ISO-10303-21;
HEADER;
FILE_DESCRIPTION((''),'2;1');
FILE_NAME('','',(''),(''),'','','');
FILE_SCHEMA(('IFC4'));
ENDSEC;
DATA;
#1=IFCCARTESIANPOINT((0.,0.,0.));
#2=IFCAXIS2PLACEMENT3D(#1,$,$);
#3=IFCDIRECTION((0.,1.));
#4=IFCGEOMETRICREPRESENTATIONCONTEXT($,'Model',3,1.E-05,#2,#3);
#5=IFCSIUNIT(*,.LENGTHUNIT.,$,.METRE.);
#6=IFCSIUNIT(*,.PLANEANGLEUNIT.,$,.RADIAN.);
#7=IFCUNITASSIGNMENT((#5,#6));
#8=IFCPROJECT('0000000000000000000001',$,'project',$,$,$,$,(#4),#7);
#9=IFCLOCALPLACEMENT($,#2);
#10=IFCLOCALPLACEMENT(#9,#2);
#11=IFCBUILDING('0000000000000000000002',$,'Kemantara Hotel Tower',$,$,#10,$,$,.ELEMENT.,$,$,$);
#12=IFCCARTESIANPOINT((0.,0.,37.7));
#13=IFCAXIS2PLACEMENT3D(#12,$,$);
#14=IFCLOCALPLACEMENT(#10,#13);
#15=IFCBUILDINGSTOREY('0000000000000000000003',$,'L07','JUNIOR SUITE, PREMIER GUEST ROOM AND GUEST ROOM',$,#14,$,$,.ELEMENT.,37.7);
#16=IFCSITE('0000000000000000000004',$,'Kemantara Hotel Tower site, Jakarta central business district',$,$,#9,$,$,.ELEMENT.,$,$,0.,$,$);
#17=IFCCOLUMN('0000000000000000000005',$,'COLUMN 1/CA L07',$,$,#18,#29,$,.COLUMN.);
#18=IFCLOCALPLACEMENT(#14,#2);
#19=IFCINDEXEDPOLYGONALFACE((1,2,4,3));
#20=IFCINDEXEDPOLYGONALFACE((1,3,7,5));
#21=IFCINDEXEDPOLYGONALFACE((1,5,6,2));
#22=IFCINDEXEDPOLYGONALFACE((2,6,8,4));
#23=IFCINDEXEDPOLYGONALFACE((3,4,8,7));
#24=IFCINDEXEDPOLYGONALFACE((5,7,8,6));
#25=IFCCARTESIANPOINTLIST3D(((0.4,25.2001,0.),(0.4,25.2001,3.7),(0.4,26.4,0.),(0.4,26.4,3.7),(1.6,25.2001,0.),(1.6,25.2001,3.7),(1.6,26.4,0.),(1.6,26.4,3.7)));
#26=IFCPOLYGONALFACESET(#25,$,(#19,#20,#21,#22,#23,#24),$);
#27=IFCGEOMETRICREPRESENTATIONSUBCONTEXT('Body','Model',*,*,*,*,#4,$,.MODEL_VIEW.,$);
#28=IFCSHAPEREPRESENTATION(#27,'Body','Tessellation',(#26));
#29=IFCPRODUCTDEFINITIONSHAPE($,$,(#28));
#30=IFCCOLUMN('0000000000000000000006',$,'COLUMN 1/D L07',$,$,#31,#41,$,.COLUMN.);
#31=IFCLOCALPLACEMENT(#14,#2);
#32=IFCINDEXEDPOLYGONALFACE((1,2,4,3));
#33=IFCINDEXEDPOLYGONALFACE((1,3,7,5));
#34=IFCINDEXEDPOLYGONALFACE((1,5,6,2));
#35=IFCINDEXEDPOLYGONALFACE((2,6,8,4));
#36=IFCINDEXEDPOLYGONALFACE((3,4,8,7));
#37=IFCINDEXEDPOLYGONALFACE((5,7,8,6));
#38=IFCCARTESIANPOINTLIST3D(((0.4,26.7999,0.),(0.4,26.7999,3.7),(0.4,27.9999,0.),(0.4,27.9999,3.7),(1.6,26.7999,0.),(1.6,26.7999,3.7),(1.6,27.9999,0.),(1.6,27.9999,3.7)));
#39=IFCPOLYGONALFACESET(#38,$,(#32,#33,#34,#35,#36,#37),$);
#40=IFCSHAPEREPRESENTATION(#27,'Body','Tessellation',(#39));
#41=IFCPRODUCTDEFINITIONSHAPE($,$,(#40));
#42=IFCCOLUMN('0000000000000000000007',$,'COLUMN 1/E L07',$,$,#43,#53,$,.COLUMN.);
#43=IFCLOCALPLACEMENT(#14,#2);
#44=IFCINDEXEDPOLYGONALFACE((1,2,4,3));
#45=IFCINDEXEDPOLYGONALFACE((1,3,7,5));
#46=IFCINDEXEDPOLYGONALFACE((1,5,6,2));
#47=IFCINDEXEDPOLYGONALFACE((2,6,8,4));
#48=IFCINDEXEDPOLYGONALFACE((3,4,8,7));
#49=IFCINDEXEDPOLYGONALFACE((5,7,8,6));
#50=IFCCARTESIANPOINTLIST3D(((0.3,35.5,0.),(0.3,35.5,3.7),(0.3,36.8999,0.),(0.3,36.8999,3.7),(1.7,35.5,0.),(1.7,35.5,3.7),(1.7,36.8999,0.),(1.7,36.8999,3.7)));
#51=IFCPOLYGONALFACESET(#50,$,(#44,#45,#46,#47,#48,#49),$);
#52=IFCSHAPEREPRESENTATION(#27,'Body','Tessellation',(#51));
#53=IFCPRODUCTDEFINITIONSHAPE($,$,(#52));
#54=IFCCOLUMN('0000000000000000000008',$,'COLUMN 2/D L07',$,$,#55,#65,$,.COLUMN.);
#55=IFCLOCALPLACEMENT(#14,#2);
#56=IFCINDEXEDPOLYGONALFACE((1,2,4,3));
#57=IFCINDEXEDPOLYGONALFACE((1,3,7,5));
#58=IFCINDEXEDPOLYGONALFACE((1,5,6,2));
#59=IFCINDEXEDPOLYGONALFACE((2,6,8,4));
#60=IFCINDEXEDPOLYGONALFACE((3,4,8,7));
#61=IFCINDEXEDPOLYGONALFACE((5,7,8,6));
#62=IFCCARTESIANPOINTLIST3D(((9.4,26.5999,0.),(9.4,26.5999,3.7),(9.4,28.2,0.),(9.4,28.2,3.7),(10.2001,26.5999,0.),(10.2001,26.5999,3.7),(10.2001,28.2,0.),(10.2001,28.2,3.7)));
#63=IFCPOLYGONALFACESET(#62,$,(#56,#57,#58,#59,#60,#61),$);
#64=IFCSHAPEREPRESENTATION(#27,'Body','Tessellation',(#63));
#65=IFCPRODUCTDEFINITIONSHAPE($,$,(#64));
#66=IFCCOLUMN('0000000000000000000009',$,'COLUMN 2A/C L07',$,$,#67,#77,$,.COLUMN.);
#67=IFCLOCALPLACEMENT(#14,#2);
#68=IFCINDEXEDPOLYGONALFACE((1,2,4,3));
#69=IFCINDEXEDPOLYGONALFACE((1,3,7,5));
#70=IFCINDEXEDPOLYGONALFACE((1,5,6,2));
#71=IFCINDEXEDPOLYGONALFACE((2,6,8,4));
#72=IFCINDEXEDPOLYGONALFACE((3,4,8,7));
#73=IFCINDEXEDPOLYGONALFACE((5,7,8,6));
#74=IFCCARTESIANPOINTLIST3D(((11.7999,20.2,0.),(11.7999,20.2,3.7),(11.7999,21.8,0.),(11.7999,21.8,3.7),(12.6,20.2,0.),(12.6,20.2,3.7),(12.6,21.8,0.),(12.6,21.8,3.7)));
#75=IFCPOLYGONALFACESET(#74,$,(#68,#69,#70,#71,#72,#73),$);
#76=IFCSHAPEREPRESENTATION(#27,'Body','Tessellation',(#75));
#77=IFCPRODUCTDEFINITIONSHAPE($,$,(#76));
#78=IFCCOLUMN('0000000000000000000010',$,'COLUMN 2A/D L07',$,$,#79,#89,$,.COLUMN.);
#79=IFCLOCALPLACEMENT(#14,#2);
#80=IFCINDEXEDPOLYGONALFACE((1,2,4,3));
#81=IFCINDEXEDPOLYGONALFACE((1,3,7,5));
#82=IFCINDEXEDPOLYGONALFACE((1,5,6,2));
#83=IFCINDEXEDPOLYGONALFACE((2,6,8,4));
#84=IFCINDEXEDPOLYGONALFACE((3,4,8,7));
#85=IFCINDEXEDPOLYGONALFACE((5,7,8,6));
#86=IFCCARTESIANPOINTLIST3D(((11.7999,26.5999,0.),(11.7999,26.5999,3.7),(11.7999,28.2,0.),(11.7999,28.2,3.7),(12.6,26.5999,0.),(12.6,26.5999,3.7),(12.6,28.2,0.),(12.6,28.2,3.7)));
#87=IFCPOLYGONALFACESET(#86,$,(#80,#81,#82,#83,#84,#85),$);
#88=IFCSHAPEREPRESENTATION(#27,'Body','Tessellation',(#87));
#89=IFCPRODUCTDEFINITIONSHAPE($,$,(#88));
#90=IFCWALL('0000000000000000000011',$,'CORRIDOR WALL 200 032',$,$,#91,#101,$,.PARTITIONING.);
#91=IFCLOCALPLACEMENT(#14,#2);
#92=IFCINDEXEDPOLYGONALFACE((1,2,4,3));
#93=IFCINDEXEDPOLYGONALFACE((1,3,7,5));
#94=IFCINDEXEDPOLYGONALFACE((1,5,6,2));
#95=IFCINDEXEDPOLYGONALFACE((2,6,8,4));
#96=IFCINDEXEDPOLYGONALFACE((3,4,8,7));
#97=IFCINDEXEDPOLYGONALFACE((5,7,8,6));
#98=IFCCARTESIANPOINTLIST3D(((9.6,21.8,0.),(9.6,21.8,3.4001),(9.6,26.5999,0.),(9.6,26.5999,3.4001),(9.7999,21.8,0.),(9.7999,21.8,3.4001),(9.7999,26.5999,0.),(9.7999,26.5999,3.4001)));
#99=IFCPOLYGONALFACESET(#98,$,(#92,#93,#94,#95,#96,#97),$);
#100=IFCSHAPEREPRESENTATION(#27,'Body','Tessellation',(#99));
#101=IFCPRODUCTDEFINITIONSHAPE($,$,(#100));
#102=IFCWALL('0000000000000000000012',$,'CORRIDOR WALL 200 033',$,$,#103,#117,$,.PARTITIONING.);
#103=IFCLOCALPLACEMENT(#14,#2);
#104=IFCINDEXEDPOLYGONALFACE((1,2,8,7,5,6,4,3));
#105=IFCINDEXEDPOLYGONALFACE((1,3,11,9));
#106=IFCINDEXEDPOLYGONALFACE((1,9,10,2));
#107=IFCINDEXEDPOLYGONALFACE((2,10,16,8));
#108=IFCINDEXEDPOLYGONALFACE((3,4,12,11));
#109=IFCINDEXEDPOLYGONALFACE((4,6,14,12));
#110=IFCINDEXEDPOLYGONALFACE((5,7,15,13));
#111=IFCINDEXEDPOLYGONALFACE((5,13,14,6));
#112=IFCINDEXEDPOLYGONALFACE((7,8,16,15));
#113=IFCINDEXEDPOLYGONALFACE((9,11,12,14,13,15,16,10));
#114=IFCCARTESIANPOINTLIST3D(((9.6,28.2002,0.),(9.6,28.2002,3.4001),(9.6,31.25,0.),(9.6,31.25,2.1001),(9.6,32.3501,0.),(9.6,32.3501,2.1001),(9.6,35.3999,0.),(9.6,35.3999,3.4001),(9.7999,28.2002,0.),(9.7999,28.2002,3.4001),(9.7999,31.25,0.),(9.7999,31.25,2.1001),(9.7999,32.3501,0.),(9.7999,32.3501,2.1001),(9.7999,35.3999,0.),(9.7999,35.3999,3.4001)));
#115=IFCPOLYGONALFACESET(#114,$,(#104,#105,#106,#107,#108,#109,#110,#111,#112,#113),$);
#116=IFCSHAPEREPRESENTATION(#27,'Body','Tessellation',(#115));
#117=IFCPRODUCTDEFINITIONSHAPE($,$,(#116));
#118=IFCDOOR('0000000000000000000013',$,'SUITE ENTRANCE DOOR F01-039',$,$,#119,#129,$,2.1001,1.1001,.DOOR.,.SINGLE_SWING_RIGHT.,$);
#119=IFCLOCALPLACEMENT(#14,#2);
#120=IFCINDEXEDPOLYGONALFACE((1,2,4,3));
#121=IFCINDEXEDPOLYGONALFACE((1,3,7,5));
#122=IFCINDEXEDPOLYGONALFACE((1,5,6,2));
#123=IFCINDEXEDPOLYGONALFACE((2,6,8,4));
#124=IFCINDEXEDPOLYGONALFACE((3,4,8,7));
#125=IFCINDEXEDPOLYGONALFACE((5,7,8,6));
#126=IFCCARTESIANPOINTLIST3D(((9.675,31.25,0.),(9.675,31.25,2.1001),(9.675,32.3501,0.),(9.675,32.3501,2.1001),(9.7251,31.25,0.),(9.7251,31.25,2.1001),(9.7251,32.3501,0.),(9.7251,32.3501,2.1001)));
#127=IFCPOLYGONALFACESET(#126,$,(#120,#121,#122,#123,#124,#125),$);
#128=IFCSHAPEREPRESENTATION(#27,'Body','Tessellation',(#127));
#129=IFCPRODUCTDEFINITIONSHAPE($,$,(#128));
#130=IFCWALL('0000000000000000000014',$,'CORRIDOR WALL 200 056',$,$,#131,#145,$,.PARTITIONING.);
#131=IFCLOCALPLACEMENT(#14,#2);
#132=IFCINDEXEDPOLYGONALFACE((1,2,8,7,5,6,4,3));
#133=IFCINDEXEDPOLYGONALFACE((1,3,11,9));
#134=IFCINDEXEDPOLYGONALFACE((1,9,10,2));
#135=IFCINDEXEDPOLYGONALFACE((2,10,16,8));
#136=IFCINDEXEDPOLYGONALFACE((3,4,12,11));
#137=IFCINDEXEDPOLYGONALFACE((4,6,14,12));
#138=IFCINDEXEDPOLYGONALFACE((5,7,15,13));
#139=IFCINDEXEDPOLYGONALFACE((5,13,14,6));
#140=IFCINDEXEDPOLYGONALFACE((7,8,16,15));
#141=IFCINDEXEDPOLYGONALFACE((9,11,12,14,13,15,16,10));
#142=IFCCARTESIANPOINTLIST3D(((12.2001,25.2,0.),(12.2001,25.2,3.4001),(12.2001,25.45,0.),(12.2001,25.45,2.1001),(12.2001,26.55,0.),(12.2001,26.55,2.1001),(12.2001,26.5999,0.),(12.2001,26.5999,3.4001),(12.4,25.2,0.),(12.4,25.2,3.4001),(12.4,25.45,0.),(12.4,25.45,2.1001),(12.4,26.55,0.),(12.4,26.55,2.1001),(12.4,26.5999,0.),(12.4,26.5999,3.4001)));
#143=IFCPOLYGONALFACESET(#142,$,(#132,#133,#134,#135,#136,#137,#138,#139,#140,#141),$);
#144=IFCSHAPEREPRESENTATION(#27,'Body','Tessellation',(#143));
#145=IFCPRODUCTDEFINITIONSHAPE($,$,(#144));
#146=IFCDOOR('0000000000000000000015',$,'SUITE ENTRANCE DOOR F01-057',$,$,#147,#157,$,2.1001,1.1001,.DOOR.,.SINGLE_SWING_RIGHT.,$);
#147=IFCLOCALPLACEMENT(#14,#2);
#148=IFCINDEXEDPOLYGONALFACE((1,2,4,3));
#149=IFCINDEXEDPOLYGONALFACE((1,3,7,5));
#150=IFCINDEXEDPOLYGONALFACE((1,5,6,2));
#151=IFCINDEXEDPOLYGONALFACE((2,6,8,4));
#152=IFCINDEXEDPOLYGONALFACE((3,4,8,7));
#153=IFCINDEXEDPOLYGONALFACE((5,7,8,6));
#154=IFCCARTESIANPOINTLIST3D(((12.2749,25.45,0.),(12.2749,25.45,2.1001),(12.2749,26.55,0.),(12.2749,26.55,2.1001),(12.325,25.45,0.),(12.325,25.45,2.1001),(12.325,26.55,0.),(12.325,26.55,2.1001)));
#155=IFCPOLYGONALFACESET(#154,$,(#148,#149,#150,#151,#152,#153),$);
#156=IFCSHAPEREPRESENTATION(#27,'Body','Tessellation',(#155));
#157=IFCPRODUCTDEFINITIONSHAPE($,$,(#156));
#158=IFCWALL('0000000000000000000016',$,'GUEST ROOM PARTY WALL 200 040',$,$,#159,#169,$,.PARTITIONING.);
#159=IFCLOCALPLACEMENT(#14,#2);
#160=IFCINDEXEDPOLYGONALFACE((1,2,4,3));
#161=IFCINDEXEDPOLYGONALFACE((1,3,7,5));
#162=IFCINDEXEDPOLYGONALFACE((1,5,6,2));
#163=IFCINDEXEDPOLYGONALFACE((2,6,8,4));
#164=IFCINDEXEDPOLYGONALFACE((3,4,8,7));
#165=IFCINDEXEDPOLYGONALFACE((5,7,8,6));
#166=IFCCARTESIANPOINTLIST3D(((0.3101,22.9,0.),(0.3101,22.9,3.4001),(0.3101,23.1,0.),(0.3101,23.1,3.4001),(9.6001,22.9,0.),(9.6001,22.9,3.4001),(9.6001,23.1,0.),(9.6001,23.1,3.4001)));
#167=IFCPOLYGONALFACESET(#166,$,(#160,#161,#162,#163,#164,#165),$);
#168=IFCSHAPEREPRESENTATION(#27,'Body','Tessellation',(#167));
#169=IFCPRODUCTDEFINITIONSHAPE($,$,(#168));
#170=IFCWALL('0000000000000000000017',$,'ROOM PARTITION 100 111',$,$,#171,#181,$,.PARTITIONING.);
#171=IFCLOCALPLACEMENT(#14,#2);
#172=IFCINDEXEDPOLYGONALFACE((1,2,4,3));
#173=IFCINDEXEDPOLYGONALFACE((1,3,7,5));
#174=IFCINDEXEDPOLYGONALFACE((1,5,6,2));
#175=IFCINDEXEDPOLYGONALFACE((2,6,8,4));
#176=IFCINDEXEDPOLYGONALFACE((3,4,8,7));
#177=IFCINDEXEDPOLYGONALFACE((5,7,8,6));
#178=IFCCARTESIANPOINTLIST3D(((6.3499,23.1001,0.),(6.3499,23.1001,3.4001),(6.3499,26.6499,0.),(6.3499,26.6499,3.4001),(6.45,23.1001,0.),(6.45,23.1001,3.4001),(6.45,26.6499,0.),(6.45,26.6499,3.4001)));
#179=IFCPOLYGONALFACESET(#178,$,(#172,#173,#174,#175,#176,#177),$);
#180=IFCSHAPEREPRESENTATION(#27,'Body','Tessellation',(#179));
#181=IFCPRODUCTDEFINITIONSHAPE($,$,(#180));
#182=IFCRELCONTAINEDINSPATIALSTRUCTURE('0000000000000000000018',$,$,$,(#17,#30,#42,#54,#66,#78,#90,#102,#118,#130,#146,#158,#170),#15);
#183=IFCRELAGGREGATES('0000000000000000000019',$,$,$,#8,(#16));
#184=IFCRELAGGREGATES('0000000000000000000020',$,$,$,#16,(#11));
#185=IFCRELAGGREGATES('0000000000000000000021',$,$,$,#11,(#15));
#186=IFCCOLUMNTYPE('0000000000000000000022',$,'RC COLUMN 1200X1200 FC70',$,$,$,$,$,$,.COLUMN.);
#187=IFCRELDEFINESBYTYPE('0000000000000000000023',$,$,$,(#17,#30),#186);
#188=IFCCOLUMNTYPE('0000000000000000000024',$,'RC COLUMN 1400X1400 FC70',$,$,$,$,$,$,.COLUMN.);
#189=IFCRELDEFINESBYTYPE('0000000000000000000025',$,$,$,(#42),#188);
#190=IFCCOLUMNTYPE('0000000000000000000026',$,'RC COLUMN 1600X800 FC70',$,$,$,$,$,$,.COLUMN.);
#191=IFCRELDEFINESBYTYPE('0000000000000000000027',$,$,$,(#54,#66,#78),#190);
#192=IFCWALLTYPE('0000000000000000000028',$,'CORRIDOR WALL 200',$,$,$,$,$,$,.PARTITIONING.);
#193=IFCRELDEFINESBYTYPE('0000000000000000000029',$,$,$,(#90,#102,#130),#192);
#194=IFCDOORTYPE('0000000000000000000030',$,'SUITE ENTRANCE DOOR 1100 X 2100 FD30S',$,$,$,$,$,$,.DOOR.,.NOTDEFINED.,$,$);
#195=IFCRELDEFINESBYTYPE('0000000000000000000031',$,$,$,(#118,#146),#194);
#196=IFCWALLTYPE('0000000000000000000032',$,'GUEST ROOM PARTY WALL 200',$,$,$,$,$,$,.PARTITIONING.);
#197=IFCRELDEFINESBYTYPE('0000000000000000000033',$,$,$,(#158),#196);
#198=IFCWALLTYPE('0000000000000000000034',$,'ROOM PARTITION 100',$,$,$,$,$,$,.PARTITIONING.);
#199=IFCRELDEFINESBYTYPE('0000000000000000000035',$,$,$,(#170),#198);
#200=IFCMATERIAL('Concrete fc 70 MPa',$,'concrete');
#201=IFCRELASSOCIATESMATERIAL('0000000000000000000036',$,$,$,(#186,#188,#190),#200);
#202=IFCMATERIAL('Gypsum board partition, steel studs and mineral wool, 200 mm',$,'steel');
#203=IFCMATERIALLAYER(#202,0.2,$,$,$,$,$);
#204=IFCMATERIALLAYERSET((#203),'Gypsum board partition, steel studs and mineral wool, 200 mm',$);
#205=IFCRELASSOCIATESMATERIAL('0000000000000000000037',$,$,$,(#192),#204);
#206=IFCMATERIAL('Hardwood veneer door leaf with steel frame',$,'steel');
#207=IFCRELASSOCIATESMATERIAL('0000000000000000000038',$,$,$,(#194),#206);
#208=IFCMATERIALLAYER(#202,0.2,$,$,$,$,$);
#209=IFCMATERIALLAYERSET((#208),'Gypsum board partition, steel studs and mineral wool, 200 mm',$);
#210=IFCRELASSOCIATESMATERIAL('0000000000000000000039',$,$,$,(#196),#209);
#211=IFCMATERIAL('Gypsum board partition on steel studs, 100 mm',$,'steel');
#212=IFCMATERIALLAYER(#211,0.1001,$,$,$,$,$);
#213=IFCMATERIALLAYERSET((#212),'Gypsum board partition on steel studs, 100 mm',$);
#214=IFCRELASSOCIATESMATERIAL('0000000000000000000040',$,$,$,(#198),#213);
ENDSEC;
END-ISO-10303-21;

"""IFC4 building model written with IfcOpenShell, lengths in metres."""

from ifc_helpers import new_model, si_unit, direction, frame, frame_2d, origin, origin_2d, place, context, subcontext, project, spatial, rectangle, extrude, material, layer, layer_set, material_profile, profile_set, type_object, element, fill, save


model = new_model("IFC4")

# Units and contexts
model_context = context("Model", 3, precision=1e-05, world=origin(), true_north=direction((0.0, 1.0)))
body_context = subcontext(model_context, "Body", "Model", "MODEL_VIEW")
ifc_project = project(units=[si_unit("LENGTHUNIT", "METRE"), si_unit("PLANEANGLEUNIT", "RADIAN")], contexts=[model_context])

# Site, building, storey
site_placement = place(None, origin())
site = spatial("IfcSite", under=ifc_project, at=site_placement, Name="Kemantara Hotel Tower site, Jakarta central business district", CompositionType="ELEMENT", RefElevation=0.0)
building_placement = place(site_placement, origin())
building = spatial("IfcBuilding", under=site, at=building_placement, Name="Kemantara Hotel Tower", CompositionType="ELEMENT")
storey_placement = place(building_placement, frame((0.0, 0.0, 37.7)))
storey = spatial("IfcBuildingStorey", under=building, at=storey_placement, Name="L07", Description="JUNIOR SUITE, PREMIER GUEST ROOM AND GUEST ROOM", CompositionType="ELEMENT", Elevation=37.7)

# Columns
ifc_material_1 = material(Name="Concrete fc 70 MPa", Category="concrete")
ifc_material_profile_1 = material_profile(ifc_material_1, rectangle(XDim=1.2, YDim=1.2, at=origin_2d()), Name="RC 1200X1200")
ifc_profile_set_1 = profile_set([ifc_material_profile_1], Name="Concrete fc 70 MPa")
column_type_1 = type_object("IfcColumnType", Name="RC COLUMN 1200X1200 FC70", PredefinedType="COLUMN", material=ifc_profile_set_1)
for number, where, z_axis, x_axis, name in (
    (1, (1.0, 25.8, 0.0), (0.0, 0.0, 1.0), (1.0, 0.0, 0.0), "COLUMN 1/CA L07"),
    (2, (1.0, 27.3999, 0.0), (0.0, 0.0, 1.0), (1.0, 0.0, 0.0), "COLUMN 1/D L07"),
):
    element("IfcColumn", number, at=place(storey_placement, frame(where, z_axis=z_axis, x_axis=x_axis)), inside=storey, type_object=column_type_1, Name=name, PredefinedType="COLUMN", context=body_context, shape_type="SweptSolid", body=[
        extrude(rectangle(XDim=1.2, YDim=1.2, at=origin_2d()), origin(), (0.0, 0.0, 1.0), 3.7),
    ])
ifc_material_profile_2 = material_profile(ifc_material_1, rectangle(XDim=1.3999, YDim=1.3999, at=origin_2d()), Name="RC 1400X1400")
ifc_profile_set_2 = profile_set([ifc_material_profile_2], Name="Concrete fc 70 MPa")
column_type_2 = type_object("IfcColumnType", Name="RC COLUMN 1400X1400 FC70", PredefinedType="COLUMN", material=ifc_profile_set_2)
column_placement = place(storey_placement, frame((1.0, 36.2, 0.0), z_axis=(0.0, 0.0, 1.0), x_axis=(1.0, 0.0, 0.0)))
element("IfcColumn", 3, at=column_placement, inside=storey, type_object=column_type_2, Name="COLUMN 1/E L07", PredefinedType="COLUMN", context=body_context, shape_type="SweptSolid", body=[
    extrude(rectangle(XDim=1.3999, YDim=1.3999, at=origin_2d()), origin(), (0.0, 0.0, 1.0), 3.7),
])
ifc_material_profile_3 = material_profile(ifc_material_1, rectangle(XDim=1.6001, YDim=0.8, at=origin_2d()), Name="RC 1600X800")
ifc_profile_set_3 = profile_set([ifc_material_profile_3], Name="Concrete fc 70 MPa")
column_type_3 = type_object("IfcColumnType", Name="RC COLUMN 1600X800 FC70", PredefinedType="COLUMN", material=ifc_profile_set_3)
for number, where, z_axis, x_axis, name in (
    (4, (9.8, 27.3999, 0.0), (0.0, 0.0, 1.0), (0.0, 1.0, 0.0), "COLUMN 2/D L07"),
    (5, (12.2, 21.0, 0.0), (0.0, 0.0, 1.0), (0.0, 1.0, 0.0), "COLUMN 2A/C L07"),
    (6, (12.2, 27.3999, 0.0), (0.0, 0.0, 1.0), (0.0, 1.0, 0.0), "COLUMN 2A/D L07"),
):
    element("IfcColumn", number, at=place(storey_placement, frame(where, z_axis=z_axis, x_axis=x_axis)), inside=storey, type_object=column_type_3, Name=name, PredefinedType="COLUMN", context=body_context, shape_type="SweptSolid", body=[
        extrude(rectangle(XDim=1.6001, YDim=0.8, at=origin_2d()), origin(), (0.0, 0.0, 1.0), 3.7),
    ])

# Wall
ifc_material_2 = material(Name="Gypsum board partition, steel studs and mineral wool, 200 mm", Category="steel")
ifc_layer_1 = layer(ifc_material_2, 0.2)
ifc_layer_set_1 = layer_set([ifc_layer_1], Name="Gypsum board partition, steel studs and mineral wool, 200 mm")
wall_type_1 = type_object("IfcWallType", Name="CORRIDOR WALL 200", PredefinedType="PARTITIONING", material=ifc_layer_set_1)
wall_1_placement = place(storey_placement, frame((9.7, 21.8, 0.0), z_axis=(0.0, 0.0, 1.0), x_axis=(0.0, 1.0, 0.0)))
element("IfcWall", 7, at=wall_1_placement, inside=storey, type_object=wall_type_1, Name="CORRIDOR WALL 200 032", PredefinedType="PARTITIONING", context=body_context, shape_type="SweptSolid", body=[
    extrude(rectangle(XDim=4.7998, YDim=0.2, at=frame_2d((2.3999, 0.0))), origin(), (0.0, 0.0, 1.0), 3.4001),
])

# Walls, openings, doors
wall_2_placement = place(storey_placement, frame((9.7, 28.2002, 0.0), z_axis=(0.0, 0.0, 1.0), x_axis=(0.0, 1.0, 0.0)))
wall_2 = element("IfcWall", 8, at=wall_2_placement, inside=storey, type_object=wall_type_1, Name="CORRIDOR WALL 200 033", PredefinedType="PARTITIONING", context=body_context, shape_type="SweptSolid", body=[
    extrude(rectangle(XDim=7.1997, YDim=0.2, at=frame_2d((3.5999, 0.0))), origin(), (0.0, 0.0, 1.0), 3.4001),
])
opening_1_placement = place(wall_2_placement, frame((3.0498, 0.0, 0.0)))
opening_1 = element("IfcOpeningElement", 9, at=opening_1_placement, cuts=wall_2, PredefinedType="OPENING", context=body_context, shape_type="SweptSolid", body=[
    extrude(rectangle(XDim=1.1001, YDim=2.1001, at=frame_2d((0.55, 1.05))), frame((0.0, 0.1099, 0.0), z_axis=(0.0, -1.0, 0.0), x_axis=(1.0, 0.0, 0.0)), (0.0, 0.0, 1.0), 0.22),
])
ifc_material_3 = material(Name="Hardwood veneer door leaf with steel frame", Category="steel")
door_type_1 = type_object("IfcDoorType", Name="SUITE ENTRANCE DOOR 1100 X 2100 FD30S", OperationType="NOTDEFINED", PredefinedType="DOOR", material=ifc_material_3)
door_1_placement = place(opening_1_placement, origin())
door_1 = element("IfcDoor", 10, at=door_1_placement, inside=storey, type_object=door_type_1, Name="SUITE ENTRANCE DOOR F01-039", OperationType="SINGLE_SWING_RIGHT", OverallHeight=2.1001, OverallWidth=1.1001, PredefinedType="DOOR", context=body_context, shape_type="SweptSolid", body=[
    extrude(rectangle(XDim=1.1001, YDim=2.1001, at=frame_2d((0.55, 1.05))), frame((0.0, 0.0249, 0.0), z_axis=(0.0, -1.0, 0.0), x_axis=(1.0, 0.0, 0.0)), (0.0, 0.0, 1.0), 0.05),
])
fill(opening_1, door_1)
wall_3_placement = place(storey_placement, frame((12.3, 26.5999, 0.0), z_axis=(0.0, 0.0, 1.0), x_axis=(0.0, -1.0, 0.0)))
wall_3 = element("IfcWall", 11, at=wall_3_placement, inside=storey, type_object=wall_type_1, Name="CORRIDOR WALL 200 056", PredefinedType="PARTITIONING", context=body_context, shape_type="SweptSolid", body=[
    extrude(rectangle(XDim=1.3999, YDim=0.2, at=frame_2d((0.7, 0.0))), origin(), (0.0, 0.0, 1.0), 3.4001),
])
opening_2_placement = place(wall_3_placement, frame((0.0498, 0.0, 0.0)))
opening_2 = element("IfcOpeningElement", 12, at=opening_2_placement, cuts=wall_3, PredefinedType="OPENING", context=body_context, shape_type="SweptSolid", body=[
    extrude(rectangle(XDim=1.1001, YDim=2.1001, at=frame_2d((0.55, 1.05))), frame((0.0, 0.1099, 0.0), z_axis=(0.0, -1.0, 0.0), x_axis=(1.0, 0.0, 0.0)), (0.0, 0.0, 1.0), 0.22),
])
door_2_placement = place(opening_2_placement, origin())
door_2 = element("IfcDoor", 13, at=door_2_placement, inside=storey, type_object=door_type_1, Name="SUITE ENTRANCE DOOR F01-057", OperationType="SINGLE_SWING_RIGHT", OverallHeight=2.1001, OverallWidth=1.1001, PredefinedType="DOOR", context=body_context, shape_type="SweptSolid", body=[
    extrude(rectangle(XDim=1.1001, YDim=2.1001, at=frame_2d((0.55, 1.05))), frame((0.0, 0.0249, 0.0), z_axis=(0.0, -1.0, 0.0), x_axis=(1.0, 0.0, 0.0)), (0.0, 0.0, 1.0), 0.05),
])
fill(opening_2, door_2)

# Walls
ifc_layer_2 = layer(ifc_material_2, 0.2)
ifc_layer_set_2 = layer_set([ifc_layer_2], Name="Gypsum board partition, steel studs and mineral wool, 200 mm")
wall_type_2 = type_object("IfcWallType", Name="GUEST ROOM PARTY WALL 200", PredefinedType="PARTITIONING", material=ifc_layer_set_2)
wall_4_placement = place(storey_placement, frame((0.3101, 23.0, 0.0), z_axis=(0.0, 0.0, 1.0), x_axis=(1.0, 0.0, 0.0)))
element("IfcWall", 14, at=wall_4_placement, inside=storey, type_object=wall_type_2, Name="GUEST ROOM PARTY WALL 200 040", PredefinedType="PARTITIONING", context=body_context, shape_type="SweptSolid", body=[
    extrude(rectangle(XDim=9.29, YDim=0.2, at=frame_2d((4.645, 0.0))), origin(), (0.0, 0.0, 1.0), 3.4001),
])
ifc_material_4 = material(Name="Gypsum board partition on steel studs, 100 mm", Category="steel")
ifc_layer_3 = layer(ifc_material_4, 0.1001)
ifc_layer_set_3 = layer_set([ifc_layer_3], Name="Gypsum board partition on steel studs, 100 mm")
wall_type_3 = type_object("IfcWallType", Name="ROOM PARTITION 100", PredefinedType="PARTITIONING", material=ifc_layer_set_3)
wall_5_placement = place(storey_placement, frame((6.3999, 23.1001, 0.0), z_axis=(0.0, 0.0, 1.0), x_axis=(0.0, 1.0, 0.0)))
element("IfcWall", 15, at=wall_5_placement, inside=storey, type_object=wall_type_3, Name="ROOM PARTITION 100 111", PredefinedType="PARTITIONING", context=body_context, shape_type="SweptSolid", body=[
    extrude(rectangle(XDim=3.5498, YDim=0.1001, at=frame_2d((1.7749, 0.0))), origin(), (0.0, 0.0, 1.0), 3.4001),
])

save(model, "model.ifc")
